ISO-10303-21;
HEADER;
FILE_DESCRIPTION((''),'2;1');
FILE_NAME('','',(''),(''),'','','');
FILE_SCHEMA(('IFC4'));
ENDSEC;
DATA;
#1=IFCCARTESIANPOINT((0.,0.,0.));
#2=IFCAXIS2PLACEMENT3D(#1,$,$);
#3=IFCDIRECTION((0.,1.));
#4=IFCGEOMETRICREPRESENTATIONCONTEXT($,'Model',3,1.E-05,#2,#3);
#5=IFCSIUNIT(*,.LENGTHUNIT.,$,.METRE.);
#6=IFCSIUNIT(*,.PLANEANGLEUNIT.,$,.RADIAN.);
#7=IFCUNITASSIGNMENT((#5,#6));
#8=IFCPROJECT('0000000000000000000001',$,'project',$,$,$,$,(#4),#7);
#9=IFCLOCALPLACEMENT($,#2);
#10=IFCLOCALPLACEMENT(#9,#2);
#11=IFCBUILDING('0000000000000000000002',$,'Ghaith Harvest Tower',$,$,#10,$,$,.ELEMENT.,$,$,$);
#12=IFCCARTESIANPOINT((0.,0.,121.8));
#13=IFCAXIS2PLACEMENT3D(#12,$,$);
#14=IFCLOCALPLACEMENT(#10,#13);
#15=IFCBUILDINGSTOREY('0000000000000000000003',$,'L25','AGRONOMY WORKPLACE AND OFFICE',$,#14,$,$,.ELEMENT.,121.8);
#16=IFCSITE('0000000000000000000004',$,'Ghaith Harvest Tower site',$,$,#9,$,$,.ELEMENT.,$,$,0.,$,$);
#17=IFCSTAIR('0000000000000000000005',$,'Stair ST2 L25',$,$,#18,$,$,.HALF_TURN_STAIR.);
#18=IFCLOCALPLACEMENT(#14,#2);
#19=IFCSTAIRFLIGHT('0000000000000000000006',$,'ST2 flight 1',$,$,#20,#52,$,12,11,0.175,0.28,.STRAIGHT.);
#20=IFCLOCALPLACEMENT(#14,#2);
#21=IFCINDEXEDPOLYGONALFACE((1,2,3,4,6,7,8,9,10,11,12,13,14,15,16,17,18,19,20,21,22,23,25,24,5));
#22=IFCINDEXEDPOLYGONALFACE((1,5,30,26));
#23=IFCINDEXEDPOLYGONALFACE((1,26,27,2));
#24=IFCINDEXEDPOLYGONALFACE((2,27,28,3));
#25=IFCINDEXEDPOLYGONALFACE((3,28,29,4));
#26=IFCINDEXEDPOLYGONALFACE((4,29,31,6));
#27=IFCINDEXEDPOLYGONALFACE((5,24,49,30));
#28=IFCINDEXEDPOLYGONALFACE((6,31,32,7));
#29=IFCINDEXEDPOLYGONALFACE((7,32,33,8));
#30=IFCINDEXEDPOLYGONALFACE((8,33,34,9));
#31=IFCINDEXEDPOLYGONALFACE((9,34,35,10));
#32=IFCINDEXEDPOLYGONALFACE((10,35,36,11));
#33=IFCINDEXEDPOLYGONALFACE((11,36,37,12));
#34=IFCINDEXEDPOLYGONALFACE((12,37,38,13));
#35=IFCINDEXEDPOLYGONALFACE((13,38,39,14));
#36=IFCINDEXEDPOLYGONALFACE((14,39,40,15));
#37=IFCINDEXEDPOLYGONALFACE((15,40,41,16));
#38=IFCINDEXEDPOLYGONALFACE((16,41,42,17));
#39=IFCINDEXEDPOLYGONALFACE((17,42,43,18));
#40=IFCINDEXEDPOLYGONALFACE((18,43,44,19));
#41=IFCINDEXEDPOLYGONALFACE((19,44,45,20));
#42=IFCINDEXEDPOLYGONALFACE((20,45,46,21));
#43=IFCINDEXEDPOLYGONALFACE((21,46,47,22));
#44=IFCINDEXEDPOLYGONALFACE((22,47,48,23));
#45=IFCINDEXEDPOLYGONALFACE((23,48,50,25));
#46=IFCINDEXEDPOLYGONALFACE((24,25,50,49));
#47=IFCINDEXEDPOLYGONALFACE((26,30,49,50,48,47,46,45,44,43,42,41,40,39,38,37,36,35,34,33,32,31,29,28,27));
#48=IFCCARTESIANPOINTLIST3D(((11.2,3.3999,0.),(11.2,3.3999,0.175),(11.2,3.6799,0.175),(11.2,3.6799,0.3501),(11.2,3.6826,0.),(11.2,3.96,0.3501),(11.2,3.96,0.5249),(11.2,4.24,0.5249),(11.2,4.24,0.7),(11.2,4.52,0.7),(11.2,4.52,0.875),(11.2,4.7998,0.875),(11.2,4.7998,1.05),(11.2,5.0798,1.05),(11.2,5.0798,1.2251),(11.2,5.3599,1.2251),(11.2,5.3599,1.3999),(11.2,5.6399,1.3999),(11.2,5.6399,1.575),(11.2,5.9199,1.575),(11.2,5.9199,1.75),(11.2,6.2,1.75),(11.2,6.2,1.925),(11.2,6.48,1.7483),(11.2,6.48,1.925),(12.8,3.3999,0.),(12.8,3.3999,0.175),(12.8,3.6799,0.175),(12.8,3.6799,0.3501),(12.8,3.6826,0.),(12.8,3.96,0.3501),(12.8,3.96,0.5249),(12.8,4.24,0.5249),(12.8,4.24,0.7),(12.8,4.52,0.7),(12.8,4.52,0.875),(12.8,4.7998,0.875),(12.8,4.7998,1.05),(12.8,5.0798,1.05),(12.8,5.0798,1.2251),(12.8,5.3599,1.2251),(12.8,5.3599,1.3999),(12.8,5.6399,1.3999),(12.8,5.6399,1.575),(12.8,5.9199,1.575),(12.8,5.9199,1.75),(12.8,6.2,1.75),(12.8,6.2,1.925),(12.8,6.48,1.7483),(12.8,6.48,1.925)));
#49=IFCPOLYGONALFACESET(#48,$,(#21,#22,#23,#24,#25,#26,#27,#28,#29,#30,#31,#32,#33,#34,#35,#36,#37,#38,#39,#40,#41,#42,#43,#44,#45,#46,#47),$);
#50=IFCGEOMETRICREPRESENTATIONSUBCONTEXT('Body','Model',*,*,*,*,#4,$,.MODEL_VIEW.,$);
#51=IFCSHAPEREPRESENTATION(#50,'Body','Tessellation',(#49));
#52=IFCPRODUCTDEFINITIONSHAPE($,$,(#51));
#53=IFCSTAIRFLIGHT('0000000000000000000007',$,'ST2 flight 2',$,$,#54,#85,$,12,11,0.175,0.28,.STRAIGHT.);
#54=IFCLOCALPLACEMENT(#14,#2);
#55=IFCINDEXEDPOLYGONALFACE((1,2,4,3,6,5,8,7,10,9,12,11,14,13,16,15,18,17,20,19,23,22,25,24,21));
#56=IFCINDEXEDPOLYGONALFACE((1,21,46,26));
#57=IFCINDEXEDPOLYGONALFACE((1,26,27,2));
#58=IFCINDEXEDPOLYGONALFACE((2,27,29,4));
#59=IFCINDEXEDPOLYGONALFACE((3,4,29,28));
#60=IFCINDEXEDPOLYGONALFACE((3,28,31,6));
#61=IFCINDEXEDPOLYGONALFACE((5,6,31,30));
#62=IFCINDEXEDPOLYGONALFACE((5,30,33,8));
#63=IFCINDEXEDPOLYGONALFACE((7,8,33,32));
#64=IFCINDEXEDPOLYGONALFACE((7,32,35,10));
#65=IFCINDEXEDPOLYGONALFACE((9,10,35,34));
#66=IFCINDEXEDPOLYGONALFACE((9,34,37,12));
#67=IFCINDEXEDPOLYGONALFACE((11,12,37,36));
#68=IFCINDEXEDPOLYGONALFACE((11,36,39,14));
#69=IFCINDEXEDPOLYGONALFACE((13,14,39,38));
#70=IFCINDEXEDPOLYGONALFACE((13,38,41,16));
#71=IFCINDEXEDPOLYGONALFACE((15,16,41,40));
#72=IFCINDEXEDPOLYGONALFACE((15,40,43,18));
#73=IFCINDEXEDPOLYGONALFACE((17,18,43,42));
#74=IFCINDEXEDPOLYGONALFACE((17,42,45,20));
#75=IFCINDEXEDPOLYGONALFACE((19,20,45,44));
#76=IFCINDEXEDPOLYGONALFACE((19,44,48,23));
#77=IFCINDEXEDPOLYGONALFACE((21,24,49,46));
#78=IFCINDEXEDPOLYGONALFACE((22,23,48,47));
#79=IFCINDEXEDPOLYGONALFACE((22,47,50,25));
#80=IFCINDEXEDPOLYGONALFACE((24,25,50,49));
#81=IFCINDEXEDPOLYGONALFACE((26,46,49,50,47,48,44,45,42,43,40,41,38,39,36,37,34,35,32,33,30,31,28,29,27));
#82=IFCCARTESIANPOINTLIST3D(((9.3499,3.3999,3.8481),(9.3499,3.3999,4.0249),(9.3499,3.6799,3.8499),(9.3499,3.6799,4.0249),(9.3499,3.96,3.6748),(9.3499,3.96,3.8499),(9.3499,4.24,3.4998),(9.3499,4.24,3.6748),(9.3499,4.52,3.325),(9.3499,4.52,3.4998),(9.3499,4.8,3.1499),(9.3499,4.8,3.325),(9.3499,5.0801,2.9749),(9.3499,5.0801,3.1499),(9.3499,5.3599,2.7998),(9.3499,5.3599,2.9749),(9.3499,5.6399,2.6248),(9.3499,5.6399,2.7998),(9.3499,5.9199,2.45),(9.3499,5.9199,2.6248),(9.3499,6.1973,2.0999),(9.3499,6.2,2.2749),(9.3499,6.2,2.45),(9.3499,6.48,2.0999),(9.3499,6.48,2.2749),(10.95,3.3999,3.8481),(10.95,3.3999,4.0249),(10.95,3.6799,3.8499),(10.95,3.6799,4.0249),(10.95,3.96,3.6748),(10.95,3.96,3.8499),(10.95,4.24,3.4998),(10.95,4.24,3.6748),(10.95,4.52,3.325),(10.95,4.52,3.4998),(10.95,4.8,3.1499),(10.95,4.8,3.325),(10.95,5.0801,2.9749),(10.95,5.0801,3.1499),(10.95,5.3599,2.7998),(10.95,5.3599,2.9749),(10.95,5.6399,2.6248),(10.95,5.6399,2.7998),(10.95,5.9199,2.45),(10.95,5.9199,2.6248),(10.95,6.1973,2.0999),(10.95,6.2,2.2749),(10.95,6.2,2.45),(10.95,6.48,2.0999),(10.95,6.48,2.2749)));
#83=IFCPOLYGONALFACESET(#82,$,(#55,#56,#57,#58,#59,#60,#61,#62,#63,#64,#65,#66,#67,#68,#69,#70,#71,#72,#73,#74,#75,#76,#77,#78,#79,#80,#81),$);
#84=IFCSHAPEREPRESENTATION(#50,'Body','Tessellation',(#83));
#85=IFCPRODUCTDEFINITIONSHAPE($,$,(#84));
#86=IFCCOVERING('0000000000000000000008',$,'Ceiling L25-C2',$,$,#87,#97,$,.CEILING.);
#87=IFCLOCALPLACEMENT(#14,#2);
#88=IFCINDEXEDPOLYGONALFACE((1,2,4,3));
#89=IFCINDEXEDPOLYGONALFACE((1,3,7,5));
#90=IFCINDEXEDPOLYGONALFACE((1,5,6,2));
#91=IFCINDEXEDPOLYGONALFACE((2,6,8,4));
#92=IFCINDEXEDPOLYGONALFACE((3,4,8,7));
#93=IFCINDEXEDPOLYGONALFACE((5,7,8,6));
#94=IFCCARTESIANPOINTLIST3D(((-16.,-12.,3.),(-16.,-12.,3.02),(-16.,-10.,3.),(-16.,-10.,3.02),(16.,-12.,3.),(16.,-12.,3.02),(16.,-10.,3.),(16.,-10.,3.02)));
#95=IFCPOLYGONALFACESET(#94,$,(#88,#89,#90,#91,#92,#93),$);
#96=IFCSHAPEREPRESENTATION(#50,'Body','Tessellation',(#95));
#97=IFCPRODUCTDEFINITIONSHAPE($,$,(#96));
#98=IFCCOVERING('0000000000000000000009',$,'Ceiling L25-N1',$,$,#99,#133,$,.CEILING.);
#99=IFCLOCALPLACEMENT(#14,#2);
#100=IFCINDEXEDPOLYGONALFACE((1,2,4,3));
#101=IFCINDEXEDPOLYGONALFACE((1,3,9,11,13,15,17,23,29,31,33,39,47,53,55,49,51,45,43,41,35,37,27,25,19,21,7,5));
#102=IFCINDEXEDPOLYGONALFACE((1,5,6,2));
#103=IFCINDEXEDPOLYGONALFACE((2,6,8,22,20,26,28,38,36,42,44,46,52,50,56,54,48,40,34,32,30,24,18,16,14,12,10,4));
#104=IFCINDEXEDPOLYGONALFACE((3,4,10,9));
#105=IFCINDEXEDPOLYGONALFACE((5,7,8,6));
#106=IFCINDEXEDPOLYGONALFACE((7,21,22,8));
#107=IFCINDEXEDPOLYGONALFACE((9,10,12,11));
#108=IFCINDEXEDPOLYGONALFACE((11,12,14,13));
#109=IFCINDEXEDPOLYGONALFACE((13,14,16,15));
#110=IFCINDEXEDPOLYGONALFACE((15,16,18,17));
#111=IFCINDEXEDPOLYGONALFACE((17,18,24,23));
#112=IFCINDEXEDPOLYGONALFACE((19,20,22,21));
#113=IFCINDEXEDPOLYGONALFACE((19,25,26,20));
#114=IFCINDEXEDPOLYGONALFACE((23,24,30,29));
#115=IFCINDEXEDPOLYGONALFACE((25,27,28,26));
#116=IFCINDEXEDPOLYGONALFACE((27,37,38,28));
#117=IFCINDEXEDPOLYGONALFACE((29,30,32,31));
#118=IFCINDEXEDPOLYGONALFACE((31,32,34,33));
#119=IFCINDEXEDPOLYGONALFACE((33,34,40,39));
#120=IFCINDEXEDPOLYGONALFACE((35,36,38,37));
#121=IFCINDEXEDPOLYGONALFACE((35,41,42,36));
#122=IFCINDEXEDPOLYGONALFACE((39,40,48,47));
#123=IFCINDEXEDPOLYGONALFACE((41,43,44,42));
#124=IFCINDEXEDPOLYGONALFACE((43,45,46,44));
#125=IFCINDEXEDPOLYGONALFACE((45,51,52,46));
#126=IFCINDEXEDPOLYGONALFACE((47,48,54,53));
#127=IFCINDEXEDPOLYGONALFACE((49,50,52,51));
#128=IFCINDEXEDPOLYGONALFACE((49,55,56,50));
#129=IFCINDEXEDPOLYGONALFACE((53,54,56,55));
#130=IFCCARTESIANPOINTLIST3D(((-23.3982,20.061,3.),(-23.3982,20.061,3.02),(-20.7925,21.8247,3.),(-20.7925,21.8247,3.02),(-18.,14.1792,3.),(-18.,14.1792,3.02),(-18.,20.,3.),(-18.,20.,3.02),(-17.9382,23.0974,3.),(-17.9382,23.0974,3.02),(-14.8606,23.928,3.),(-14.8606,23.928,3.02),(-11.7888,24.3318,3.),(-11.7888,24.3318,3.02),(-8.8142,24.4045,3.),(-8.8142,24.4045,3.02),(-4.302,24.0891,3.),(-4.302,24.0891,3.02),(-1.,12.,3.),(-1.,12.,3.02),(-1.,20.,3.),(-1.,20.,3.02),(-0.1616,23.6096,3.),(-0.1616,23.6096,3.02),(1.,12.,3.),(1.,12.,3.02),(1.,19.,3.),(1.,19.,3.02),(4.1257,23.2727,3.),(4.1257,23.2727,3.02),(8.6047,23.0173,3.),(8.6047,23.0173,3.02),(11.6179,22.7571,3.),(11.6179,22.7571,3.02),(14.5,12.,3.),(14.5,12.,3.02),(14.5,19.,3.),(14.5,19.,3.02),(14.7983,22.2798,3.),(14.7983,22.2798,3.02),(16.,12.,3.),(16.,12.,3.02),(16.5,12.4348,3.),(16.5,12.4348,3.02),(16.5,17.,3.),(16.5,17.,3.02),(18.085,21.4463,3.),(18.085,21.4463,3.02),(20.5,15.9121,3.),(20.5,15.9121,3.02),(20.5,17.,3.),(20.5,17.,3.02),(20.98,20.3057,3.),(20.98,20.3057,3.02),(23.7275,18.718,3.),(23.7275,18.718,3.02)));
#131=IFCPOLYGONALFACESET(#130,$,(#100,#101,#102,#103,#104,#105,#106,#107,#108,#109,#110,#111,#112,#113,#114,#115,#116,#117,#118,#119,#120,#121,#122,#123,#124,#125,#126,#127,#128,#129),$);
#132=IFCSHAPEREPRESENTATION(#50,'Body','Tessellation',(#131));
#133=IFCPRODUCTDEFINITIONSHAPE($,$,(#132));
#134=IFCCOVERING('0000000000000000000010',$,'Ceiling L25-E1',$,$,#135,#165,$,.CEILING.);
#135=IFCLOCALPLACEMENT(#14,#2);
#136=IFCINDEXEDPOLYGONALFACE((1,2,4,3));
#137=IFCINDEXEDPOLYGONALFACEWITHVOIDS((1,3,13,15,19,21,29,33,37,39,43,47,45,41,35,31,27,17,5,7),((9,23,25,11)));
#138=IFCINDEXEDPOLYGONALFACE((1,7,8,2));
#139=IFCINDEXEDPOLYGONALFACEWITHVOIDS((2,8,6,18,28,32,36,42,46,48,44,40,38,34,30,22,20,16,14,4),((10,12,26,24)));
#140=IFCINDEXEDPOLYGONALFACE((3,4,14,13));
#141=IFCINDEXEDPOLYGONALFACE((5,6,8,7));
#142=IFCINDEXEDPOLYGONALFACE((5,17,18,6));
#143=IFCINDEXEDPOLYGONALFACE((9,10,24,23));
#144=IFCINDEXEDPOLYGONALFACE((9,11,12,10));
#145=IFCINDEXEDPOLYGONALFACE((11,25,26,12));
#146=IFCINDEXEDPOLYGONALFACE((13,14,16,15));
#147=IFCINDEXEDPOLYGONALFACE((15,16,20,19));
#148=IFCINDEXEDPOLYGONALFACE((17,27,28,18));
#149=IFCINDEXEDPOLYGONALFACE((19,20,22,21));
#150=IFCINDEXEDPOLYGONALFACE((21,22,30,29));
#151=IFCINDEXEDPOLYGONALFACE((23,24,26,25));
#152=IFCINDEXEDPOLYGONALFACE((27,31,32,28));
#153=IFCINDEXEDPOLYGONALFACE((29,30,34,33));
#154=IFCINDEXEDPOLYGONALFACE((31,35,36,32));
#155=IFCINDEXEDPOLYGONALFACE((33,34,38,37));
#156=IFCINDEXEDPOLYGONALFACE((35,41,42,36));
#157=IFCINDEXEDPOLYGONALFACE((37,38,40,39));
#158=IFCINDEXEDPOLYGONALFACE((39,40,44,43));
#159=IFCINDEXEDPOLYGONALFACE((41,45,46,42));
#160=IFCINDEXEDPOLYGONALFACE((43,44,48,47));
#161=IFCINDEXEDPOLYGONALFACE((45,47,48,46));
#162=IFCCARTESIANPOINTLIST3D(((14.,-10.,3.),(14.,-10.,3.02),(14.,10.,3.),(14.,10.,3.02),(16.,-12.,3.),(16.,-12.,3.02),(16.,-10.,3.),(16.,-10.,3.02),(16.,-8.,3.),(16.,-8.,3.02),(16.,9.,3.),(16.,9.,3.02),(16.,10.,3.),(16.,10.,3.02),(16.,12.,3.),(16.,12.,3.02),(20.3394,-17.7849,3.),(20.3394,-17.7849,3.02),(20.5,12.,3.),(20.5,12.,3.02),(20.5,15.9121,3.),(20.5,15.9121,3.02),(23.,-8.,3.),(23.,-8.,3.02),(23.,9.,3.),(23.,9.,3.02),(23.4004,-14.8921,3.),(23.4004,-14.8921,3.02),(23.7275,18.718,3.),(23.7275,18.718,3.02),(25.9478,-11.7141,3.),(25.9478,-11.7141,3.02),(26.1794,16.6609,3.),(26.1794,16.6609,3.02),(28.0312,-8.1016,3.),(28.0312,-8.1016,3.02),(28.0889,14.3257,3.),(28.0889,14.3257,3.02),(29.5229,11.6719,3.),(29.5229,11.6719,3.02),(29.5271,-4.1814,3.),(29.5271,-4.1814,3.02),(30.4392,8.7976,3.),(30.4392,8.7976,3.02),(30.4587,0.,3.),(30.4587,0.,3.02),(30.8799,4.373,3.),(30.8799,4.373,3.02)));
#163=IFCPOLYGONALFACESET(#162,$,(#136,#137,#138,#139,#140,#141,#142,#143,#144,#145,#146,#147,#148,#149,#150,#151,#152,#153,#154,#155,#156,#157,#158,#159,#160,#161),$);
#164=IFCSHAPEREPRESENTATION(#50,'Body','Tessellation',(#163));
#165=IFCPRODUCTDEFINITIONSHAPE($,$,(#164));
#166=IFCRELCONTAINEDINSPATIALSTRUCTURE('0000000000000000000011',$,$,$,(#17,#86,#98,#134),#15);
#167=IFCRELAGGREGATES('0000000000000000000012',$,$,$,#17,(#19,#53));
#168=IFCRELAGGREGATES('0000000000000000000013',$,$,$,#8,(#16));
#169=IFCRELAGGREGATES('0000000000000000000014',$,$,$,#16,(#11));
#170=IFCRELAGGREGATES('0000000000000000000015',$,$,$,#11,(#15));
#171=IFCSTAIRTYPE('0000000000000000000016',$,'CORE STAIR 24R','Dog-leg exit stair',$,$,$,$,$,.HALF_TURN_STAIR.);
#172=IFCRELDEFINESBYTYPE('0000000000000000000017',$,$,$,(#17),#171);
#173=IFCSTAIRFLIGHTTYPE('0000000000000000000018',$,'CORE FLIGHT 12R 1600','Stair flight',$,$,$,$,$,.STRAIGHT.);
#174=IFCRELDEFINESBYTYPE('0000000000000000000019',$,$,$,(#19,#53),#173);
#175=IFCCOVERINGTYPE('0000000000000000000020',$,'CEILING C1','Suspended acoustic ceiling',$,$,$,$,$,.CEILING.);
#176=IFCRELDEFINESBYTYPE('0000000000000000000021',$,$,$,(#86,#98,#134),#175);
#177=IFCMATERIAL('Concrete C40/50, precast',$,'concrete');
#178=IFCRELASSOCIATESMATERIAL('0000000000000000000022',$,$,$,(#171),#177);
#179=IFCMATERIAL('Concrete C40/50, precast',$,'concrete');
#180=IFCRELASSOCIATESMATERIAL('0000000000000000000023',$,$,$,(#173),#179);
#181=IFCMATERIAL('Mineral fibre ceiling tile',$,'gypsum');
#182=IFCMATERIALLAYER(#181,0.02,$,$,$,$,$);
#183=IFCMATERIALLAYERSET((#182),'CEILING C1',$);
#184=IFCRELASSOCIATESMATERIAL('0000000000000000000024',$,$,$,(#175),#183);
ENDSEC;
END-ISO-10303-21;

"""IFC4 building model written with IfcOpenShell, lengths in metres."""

from ifc_helpers import new_model, si_unit, direction, frame, origin, place, context, subcontext, project, spatial, polyline, outline, extrude, material, layer, layer_set, type_object, element, aggregate, save


model = new_model("IFC4")

# Units and contexts
model_context = context("Model", 3, precision=1e-05, world=origin(), true_north=direction((0.0, 1.0)))
body_context = subcontext(model_context, "Body", "Model", "MODEL_VIEW")
ifc_project = project(units=[si_unit("LENGTHUNIT", "METRE"), si_unit("PLANEANGLEUNIT", "RADIAN")], contexts=[model_context])

# Site, building, storey
site_placement = place(None, origin())
site = spatial("IfcSite", under=ifc_project, at=site_placement, Name="Ghaith Harvest Tower site", CompositionType="ELEMENT", RefElevation=0.0)
building_placement = place(site_placement, origin())
building = spatial("IfcBuilding", under=site, at=building_placement, Name="Ghaith Harvest Tower", CompositionType="ELEMENT")
storey_placement = place(building_placement, frame((0.0, 0.0, 121.8)))
storey = spatial("IfcBuildingStorey", under=building, at=storey_placement, Name="L25", Description="AGRONOMY WORKPLACE AND OFFICE", CompositionType="ELEMENT", Elevation=121.8)

# Stair, stair flights
ifc_material_1 = material(Name="Concrete C40/50, precast", Category="concrete")
stair_type = type_object("IfcStairType", Name="CORE STAIR 24R", Description="Dog-leg exit stair", PredefinedType="HALF_TURN_STAIR", material=ifc_material_1)
stair_placement = place(storey_placement, origin())
stair = element("IfcStair", 1, at=stair_placement, inside=storey, type_object=stair_type, Name="Stair ST2 L25", PredefinedType="HALF_TURN_STAIR")
ifc_material_2 = material(Name="Concrete C40/50, precast", Category="concrete")
stair_flight_type = type_object("IfcStairFlightType", Name="CORE FLIGHT 12R 1600", Description="Stair flight", PredefinedType="STRAIGHT", material=ifc_material_2)
stair_flight_1_placement = place(storey_placement, frame((12.0, 3.3999, 0.0), z_axis=(0.0, 0.0, 1.0), x_axis=(0.0, 1.0, 0.0)))
stair_flight_1 = element("IfcStairFlight", 2, at=stair_flight_1_placement, type_object=stair_flight_type, Name="ST2 flight 1", NumberOfRisers=12, NumberOfTreads=11, PredefinedType="STRAIGHT", RiserHeight=0.175, TreadLength=0.28, context=body_context, shape_type="SweptSolid", body=[
    extrude(outline(polyline([(0.0, 0.0), (0.0, 0.175), (0.28, 0.175), (0.28, 0.3501), (0.5601, 0.3501), (0.5601, 0.5249), (0.8401, 0.5249), (0.8401, 0.7), (1.1201, 0.7), (1.1201, 0.875), (1.3999, 0.875), (1.3999, 1.05), (1.6799, 1.05), (1.6799, 1.2251), (1.96, 1.2251), (1.96, 1.3999), (2.24, 1.3999), (2.24, 1.575), (2.52, 1.575), (2.52, 1.75), (2.8, 1.75), (2.8, 1.925), (3.0801, 1.925), (3.0801, 2.1001), (3.0801, 1.7483), (0.2827, 0.0), (0.0, 0.0)])), frame((0.0, 0.8, 0.0), z_axis=(0.0, -1.0, 0.0), x_axis=(1.0, 0.0, 0.0)), (0.0, 0.0, 1.0), 1.6001),
])
stair_flight_2_placement = place(storey_placement, frame((10.1499, 6.48, 2.0999), z_axis=(0.0, 0.0, 1.0), x_axis=(0.0, -1.0, 0.0)))
stair_flight_2 = element("IfcStairFlight", 3, at=stair_flight_2_placement, type_object=stair_flight_type, Name="ST2 flight 2", NumberOfRisers=12, NumberOfTreads=11, PredefinedType="STRAIGHT", RiserHeight=0.175, TreadLength=0.28, context=body_context, shape_type="SweptSolid", body=[
    extrude(outline(polyline([(0.0, 0.0), (0.0, 0.175), (0.28, 0.175), (0.28, 0.3501), (0.5601, 0.3501), (0.5601, 0.5249), (0.8401, 0.5249), (0.8401, 0.7), (1.1201, 0.7), (1.1201, 0.875), (1.3999, 0.875), (1.3999, 1.05), (1.6799, 1.05), (1.6799, 1.2251), (1.96, 1.2251), (1.96, 1.3999), (2.24, 1.3999), (2.24, 1.575), (2.52, 1.575), (2.52, 1.75), (2.8, 1.75), (2.8, 1.925), (3.0801, 1.925), (3.0801, 2.1001), (3.0801, 1.7483), (0.2827, 0.0), (0.0, 0.0)])), frame((0.0, 0.8, 0.0), z_axis=(0.0, -1.0, 0.0), x_axis=(1.0, 0.0, 0.0)), (0.0, 0.0, 1.0), 1.6001),
])
aggregate(stair, [stair_flight_1, stair_flight_2])

# Coverings
ifc_material_3 = material(Name="Mineral fibre ceiling tile", Category="gypsum")
ifc_layer_1 = layer(ifc_material_3, 0.02)
ifc_layer_set_1 = layer_set([ifc_layer_1], Name="CEILING C1")
covering_type = type_object("IfcCoveringType", Name="CEILING C1", Description="Suspended acoustic ceiling", PredefinedType="CEILING", material=ifc_layer_set_1)
covering_1_placement = place(storey_placement, frame((0.0, 0.0, 3.0)))
element("IfcCovering", 4, at=covering_1_placement, inside=storey, type_object=covering_type, Name="Ceiling L25-C2", PredefinedType="CEILING", context=body_context, shape_type="SweptSolid", body=[
    extrude(outline(polyline([(16.0, -10.0), (16.0, -12.0), (-16.0, -12.0), (-16.0, -10.0), (16.0, -10.0)])), origin(), (0.0, 0.0, 1.0), 0.02),
])
covering_2_placement = place(storey_placement, frame((0.0, 0.0, 3.0)))
element("IfcCovering", 5, at=covering_2_placement, inside=storey, type_object=covering_type, Name="Ceiling L25-N1", PredefinedType="CEILING", context=body_context, shape_type="SweptSolid", body=[
    extrude(outline(polyline([(-20.7925, 21.8247), (-17.9382, 23.0974), (-14.8606, 23.928), (-11.7888, 24.3318), (-8.8142, 24.4045), (-4.302, 24.0891), (-0.1616, 23.6096), (4.1257, 23.2727), (8.6047, 23.0173), (11.6179, 22.7571), (14.7983, 22.2798), (18.085, 21.4463), (20.98, 20.3057), (23.7275, 18.718), (20.5, 15.9121), (20.5, 17.0), (16.5, 17.0), (16.5, 12.4348), (16.0, 12.0), (14.5, 12.0), (14.5, 19.0), (1.0, 19.0), (1.0, 12.0), (-1.0, 12.0), (-1.0, 20.0), (-18.0, 20.0), (-18.0, 14.1792), (-23.3982, 20.061), (-20.7925, 21.8247)])), origin(), (0.0, 0.0, 1.0), 0.02),
])
covering_3_placement = place(storey_placement, frame((0.0, 0.0, 3.0)))
element("IfcCovering", 6, at=covering_3_placement, inside=storey, type_object=covering_type, Name="Ceiling L25-E1", PredefinedType="CEILING", context=body_context, shape_type="SweptSolid", body=[
    extrude(outline(polyline([(28.0889, 14.3257), (29.5229, 11.6719), (30.4392, 8.7976), (30.8799, 4.373), (30.4587, 0.0), (29.5271, -4.1814), (28.0312, -8.1016), (25.9478, -11.7141), (23.4004, -14.8921), (20.3394, -17.7849), (16.0, -12.0), (16.0, -10.0), (14.0, -10.0), (14.0, 10.0), (16.0, 10.0), (16.0, 12.0), (20.5, 12.0), (20.5, 15.9121), (23.7275, 18.718), (26.1794, 16.6609), (28.0889, 14.3257)]), holes=[polyline([(23.0, -8.0), (23.0, 9.0), (16.0, 9.0), (16.0, -8.0), (23.0, -8.0)])]), origin(), (0.0, 0.0, 1.0), 0.02),
])

save(model, "model.ifc")
